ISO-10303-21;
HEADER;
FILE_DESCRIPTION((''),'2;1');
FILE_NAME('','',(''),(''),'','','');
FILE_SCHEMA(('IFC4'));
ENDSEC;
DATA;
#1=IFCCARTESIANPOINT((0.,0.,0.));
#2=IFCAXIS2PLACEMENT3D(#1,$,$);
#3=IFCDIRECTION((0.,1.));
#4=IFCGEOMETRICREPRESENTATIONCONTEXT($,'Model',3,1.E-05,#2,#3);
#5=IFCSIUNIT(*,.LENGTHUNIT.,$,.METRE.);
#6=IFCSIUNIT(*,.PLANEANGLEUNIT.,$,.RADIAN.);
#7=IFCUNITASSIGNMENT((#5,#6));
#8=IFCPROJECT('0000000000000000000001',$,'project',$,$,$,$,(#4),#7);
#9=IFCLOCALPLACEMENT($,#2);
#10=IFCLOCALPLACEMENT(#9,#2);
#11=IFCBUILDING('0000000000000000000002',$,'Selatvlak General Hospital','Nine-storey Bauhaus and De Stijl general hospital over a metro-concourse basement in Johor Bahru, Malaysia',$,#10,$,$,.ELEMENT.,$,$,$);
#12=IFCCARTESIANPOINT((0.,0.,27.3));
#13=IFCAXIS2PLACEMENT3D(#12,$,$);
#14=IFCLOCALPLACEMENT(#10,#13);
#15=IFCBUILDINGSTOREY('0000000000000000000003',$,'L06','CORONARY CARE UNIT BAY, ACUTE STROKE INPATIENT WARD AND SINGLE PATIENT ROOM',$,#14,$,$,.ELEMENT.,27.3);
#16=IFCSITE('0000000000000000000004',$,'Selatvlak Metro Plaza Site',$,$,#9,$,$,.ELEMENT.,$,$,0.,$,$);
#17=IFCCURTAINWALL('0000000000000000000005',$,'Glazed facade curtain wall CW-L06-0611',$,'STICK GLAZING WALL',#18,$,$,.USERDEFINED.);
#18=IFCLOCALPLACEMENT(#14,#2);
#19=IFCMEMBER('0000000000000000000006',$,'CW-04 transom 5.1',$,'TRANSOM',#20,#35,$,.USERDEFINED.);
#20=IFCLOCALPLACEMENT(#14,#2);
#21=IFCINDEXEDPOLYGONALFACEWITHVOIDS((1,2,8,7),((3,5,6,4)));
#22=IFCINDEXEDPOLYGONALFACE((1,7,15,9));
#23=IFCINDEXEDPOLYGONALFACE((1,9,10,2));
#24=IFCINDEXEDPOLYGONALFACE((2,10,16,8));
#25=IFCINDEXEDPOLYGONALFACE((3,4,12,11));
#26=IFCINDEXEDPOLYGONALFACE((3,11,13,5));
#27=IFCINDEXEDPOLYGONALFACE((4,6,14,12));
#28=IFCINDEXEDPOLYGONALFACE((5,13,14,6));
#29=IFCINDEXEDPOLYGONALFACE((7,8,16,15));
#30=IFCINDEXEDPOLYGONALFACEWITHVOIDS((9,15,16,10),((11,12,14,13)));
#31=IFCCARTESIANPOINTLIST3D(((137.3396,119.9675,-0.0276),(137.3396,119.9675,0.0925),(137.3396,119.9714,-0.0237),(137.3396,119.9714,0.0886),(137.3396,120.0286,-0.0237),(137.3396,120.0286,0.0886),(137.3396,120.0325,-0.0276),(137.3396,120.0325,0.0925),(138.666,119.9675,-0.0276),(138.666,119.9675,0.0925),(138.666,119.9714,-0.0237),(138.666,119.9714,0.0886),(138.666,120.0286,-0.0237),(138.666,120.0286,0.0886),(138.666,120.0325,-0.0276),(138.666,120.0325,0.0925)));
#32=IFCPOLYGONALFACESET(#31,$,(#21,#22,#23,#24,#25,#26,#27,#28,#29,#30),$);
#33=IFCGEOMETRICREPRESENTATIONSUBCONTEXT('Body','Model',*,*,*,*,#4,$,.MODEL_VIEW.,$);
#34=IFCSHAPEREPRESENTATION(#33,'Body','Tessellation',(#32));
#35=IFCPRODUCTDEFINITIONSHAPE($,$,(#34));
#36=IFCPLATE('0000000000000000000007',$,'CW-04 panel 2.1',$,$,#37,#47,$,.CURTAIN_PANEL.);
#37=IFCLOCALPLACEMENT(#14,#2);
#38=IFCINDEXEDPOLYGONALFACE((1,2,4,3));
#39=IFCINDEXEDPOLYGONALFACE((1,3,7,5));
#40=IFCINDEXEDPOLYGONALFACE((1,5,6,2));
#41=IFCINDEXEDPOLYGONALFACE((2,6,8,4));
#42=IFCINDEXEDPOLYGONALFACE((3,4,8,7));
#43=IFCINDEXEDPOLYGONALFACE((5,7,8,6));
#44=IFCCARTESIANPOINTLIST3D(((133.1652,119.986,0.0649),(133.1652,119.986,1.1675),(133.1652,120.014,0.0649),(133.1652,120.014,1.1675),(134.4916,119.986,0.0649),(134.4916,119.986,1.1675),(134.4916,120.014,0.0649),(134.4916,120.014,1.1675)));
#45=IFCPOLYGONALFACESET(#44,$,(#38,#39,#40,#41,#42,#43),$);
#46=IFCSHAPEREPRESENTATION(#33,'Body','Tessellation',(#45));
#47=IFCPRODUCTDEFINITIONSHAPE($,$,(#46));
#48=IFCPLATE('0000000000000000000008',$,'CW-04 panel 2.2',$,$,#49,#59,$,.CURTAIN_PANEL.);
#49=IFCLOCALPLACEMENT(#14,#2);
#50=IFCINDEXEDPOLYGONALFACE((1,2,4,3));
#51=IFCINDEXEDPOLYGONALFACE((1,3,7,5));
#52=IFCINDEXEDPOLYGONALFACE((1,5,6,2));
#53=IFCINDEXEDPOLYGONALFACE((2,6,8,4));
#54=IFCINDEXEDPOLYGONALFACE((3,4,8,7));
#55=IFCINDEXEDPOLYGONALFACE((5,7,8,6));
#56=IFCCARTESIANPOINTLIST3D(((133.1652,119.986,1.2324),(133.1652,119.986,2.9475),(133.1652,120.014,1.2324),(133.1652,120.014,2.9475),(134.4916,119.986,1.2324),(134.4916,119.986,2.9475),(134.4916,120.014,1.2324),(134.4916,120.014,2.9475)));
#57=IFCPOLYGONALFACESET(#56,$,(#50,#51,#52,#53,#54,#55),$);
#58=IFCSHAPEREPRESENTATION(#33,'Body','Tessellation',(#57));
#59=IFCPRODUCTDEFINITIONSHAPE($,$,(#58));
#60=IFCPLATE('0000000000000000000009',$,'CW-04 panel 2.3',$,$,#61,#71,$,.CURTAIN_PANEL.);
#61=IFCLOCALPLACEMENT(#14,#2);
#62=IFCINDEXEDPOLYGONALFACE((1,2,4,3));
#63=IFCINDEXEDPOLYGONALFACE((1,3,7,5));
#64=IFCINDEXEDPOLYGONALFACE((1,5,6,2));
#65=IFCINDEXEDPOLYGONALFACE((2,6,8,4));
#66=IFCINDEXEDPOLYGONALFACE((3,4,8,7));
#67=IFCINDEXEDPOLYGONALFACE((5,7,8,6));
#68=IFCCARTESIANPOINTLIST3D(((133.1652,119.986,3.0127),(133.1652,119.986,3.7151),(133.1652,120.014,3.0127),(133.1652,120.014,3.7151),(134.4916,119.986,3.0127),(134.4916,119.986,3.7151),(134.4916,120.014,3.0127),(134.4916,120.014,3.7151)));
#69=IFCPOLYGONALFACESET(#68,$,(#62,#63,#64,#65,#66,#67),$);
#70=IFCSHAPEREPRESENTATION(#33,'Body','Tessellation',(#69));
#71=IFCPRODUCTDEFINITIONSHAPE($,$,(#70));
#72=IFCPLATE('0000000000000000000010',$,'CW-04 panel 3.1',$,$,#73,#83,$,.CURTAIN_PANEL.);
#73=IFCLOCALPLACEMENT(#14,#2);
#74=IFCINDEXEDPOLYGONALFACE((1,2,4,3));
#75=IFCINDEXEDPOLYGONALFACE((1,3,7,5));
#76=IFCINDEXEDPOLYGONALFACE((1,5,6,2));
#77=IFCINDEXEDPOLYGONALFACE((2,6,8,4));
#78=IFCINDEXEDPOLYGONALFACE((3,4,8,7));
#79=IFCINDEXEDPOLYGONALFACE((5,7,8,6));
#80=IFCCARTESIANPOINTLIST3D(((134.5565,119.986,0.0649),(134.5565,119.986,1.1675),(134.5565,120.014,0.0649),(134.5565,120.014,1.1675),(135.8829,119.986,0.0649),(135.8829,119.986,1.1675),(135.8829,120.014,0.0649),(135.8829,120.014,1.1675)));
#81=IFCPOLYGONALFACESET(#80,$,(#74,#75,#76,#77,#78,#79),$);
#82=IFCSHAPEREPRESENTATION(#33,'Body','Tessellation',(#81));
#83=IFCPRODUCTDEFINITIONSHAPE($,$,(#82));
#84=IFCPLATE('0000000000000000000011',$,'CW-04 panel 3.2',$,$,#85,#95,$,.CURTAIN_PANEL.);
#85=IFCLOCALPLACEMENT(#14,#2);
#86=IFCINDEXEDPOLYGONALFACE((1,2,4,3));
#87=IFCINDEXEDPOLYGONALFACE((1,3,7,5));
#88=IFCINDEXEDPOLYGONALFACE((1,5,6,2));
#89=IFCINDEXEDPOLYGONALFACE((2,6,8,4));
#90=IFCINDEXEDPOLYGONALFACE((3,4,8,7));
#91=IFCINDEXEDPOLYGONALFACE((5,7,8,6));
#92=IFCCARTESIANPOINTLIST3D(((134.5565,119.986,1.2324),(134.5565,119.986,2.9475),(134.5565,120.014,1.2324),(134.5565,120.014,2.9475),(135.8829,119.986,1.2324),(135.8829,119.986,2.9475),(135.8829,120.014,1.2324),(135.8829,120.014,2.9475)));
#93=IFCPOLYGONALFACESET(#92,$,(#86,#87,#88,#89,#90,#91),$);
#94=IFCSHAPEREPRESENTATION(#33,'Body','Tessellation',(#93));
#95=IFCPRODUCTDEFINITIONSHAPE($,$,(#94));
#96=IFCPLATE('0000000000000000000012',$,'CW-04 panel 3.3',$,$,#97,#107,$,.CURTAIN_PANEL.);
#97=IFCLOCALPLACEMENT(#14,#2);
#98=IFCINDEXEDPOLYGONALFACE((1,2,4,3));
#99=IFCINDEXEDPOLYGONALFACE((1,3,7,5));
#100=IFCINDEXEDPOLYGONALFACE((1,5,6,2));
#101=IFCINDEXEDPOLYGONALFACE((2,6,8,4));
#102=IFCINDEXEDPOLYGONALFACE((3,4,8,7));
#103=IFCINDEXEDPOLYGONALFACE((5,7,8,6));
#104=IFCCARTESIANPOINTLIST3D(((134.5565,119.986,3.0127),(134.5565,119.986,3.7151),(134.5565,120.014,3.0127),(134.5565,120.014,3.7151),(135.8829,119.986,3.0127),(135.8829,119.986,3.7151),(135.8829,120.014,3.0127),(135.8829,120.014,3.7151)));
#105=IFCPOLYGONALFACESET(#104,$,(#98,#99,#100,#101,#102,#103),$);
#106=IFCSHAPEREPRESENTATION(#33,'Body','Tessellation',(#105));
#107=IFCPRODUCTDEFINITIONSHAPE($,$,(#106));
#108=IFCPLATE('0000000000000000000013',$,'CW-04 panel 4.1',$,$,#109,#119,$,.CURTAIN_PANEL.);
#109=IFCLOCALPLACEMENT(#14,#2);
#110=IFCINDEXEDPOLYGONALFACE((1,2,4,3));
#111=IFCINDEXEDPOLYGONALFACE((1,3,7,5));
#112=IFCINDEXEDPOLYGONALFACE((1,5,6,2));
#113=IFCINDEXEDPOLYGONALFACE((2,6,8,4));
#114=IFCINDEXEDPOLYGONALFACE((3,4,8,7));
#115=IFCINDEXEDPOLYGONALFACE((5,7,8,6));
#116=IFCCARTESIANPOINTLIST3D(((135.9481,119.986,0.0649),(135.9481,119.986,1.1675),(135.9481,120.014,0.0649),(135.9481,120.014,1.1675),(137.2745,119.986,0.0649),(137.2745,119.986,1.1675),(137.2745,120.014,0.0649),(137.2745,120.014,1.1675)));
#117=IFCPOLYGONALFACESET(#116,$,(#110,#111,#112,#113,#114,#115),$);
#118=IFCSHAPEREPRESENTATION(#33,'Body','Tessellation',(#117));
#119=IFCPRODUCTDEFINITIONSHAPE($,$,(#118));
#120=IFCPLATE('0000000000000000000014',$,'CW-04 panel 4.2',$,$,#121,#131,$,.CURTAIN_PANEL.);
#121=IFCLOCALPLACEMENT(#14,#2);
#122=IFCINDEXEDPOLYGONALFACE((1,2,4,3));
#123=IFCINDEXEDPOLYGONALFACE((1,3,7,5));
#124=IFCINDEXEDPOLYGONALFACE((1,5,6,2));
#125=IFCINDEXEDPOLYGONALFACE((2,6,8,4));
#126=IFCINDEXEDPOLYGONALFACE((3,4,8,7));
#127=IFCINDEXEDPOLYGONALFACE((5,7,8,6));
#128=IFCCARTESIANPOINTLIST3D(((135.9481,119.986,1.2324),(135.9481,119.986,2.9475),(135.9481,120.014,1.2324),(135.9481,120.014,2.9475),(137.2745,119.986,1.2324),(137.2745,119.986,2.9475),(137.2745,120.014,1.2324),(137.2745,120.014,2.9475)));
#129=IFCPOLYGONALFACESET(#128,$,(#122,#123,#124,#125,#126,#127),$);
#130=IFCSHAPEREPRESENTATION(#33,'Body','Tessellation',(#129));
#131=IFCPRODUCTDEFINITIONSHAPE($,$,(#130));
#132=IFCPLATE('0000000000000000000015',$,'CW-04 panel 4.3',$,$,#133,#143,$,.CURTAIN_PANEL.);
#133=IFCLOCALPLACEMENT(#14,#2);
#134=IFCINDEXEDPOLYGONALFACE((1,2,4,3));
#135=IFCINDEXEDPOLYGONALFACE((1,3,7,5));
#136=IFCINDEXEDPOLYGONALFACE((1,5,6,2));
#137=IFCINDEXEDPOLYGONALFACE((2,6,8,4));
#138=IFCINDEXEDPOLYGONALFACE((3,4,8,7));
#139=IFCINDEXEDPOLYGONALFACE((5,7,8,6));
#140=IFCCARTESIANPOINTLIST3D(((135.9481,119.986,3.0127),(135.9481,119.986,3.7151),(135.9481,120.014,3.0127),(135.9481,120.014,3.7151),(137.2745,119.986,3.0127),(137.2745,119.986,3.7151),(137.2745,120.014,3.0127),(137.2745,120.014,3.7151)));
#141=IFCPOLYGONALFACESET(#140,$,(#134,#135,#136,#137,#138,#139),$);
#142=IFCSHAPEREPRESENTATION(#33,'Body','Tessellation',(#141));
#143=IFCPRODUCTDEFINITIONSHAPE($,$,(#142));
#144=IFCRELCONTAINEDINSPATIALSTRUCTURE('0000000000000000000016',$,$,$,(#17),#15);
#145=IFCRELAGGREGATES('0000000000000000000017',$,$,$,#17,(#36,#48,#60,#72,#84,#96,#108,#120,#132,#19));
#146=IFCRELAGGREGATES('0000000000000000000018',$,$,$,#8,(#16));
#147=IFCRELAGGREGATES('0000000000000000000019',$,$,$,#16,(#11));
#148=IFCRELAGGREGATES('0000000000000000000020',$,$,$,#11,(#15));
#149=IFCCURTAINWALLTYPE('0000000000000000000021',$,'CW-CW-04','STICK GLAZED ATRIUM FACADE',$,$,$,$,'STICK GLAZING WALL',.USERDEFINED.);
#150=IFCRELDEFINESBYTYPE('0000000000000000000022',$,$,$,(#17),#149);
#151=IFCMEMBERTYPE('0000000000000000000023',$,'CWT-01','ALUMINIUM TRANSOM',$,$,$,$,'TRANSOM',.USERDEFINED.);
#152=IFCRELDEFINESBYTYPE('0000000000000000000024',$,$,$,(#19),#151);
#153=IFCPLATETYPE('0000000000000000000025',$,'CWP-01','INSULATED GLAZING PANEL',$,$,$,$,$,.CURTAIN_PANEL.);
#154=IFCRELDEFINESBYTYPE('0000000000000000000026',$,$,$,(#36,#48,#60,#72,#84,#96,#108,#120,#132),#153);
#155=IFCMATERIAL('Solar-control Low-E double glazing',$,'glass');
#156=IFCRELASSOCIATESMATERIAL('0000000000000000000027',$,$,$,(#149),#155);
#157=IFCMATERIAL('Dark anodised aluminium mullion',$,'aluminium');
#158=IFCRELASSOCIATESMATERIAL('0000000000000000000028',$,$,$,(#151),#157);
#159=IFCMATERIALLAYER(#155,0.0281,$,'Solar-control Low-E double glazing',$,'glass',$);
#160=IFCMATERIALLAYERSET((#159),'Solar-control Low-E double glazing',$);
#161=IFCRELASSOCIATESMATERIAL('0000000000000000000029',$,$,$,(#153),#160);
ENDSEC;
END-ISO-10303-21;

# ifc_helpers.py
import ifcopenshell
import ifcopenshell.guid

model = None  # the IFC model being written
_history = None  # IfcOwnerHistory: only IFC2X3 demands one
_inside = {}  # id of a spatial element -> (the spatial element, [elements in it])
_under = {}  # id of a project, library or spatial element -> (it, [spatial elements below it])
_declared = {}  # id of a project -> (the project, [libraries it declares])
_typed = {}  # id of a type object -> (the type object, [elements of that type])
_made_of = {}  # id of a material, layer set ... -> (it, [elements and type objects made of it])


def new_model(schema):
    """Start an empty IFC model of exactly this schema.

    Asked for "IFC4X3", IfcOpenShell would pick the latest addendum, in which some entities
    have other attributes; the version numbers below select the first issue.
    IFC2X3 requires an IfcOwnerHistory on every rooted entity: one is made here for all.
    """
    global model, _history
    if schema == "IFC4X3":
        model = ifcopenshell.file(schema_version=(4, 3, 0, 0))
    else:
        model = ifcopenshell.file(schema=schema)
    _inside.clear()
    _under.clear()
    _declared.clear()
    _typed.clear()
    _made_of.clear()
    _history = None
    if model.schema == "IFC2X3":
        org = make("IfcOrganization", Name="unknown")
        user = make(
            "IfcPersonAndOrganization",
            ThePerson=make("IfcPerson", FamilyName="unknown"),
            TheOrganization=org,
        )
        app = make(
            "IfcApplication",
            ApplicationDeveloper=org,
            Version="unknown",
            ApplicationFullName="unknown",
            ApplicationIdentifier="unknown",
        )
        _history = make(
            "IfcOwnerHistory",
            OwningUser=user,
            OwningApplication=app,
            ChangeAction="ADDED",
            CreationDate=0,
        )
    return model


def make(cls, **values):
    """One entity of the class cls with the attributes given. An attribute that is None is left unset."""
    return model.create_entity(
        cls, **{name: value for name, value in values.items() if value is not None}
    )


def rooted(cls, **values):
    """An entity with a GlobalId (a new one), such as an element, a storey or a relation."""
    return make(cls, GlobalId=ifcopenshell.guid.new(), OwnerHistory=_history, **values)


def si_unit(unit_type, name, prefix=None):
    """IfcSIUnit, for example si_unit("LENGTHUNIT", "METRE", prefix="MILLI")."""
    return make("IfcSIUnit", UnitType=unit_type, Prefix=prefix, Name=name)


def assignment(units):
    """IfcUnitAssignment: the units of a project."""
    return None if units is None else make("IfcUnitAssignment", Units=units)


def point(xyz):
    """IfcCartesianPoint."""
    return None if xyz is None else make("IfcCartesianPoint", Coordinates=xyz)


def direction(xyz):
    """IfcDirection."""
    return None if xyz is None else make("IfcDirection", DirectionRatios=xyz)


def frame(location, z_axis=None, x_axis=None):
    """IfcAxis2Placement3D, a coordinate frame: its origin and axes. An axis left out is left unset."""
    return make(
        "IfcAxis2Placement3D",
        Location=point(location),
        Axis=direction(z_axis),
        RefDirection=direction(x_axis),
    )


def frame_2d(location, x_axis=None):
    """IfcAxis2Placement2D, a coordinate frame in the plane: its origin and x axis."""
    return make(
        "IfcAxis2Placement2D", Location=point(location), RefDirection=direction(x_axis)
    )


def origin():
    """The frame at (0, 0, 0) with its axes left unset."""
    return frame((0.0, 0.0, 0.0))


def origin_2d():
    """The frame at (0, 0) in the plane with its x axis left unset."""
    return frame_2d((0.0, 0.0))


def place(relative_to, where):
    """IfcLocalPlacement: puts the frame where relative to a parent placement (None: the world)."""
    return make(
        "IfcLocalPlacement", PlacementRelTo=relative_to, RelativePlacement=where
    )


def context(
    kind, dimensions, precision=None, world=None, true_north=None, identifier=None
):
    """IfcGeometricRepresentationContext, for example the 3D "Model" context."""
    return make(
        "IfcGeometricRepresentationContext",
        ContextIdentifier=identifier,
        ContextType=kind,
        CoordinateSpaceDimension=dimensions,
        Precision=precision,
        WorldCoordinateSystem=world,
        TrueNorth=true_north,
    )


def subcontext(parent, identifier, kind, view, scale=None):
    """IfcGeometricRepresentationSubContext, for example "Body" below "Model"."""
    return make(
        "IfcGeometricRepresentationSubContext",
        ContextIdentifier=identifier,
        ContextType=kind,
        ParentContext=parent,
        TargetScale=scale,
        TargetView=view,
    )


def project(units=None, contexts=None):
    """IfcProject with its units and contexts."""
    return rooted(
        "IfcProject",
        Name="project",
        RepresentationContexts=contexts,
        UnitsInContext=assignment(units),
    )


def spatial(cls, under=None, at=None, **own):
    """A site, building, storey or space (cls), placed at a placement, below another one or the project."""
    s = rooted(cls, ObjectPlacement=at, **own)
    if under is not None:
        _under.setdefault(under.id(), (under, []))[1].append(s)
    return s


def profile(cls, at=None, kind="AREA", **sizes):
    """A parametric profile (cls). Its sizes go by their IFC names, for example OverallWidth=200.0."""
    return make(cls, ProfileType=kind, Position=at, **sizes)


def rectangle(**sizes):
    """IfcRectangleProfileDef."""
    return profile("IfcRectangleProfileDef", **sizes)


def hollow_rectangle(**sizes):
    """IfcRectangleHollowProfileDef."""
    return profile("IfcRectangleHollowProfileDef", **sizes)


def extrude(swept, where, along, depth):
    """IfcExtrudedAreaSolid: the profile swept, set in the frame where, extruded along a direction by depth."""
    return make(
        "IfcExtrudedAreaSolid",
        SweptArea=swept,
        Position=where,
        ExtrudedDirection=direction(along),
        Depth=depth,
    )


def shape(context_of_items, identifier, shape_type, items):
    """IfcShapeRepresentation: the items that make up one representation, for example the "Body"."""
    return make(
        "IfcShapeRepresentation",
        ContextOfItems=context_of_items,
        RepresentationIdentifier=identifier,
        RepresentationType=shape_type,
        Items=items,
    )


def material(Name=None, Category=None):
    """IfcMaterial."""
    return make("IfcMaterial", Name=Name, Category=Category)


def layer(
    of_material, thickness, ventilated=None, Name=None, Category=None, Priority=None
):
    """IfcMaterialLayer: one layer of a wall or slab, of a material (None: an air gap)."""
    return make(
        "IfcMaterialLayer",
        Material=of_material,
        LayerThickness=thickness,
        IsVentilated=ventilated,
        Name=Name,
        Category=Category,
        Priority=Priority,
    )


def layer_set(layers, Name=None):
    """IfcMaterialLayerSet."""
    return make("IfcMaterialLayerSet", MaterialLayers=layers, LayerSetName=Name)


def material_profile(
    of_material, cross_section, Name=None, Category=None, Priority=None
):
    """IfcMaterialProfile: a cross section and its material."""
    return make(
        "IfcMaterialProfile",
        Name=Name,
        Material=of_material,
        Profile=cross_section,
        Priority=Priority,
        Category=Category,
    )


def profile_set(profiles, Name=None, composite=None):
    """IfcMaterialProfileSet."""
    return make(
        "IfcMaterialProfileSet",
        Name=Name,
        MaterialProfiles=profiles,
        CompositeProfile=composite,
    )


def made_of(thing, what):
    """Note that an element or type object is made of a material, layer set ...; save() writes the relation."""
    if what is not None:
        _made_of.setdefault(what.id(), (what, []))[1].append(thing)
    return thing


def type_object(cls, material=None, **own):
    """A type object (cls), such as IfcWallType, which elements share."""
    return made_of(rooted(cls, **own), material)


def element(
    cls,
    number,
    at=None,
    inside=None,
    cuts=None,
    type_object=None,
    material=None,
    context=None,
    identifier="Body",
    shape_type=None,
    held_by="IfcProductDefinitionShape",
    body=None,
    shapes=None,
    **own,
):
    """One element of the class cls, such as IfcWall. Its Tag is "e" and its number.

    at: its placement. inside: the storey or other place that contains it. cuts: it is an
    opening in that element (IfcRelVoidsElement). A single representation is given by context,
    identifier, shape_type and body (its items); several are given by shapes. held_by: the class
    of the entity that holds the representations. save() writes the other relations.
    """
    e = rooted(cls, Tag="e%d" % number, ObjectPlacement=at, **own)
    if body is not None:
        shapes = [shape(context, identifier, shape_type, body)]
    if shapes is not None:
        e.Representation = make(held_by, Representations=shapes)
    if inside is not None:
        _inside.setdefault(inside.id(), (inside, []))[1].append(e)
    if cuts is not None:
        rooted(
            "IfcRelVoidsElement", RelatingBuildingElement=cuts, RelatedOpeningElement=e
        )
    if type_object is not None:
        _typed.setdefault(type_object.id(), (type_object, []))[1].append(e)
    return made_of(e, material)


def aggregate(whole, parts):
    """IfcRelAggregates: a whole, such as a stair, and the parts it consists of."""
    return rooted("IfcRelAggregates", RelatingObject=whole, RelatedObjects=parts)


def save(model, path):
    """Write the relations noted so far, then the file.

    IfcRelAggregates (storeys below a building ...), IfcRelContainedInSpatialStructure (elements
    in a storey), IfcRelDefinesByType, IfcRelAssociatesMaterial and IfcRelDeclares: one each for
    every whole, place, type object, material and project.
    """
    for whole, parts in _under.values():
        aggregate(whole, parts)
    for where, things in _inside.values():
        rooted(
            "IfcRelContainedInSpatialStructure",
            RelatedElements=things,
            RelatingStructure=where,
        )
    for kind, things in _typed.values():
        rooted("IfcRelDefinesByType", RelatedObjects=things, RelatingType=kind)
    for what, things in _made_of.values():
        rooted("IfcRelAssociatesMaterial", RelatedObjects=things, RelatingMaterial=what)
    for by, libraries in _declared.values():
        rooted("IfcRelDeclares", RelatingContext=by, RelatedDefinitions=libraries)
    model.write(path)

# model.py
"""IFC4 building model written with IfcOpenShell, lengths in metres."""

from ifc_helpers import new_model, si_unit, direction, frame, origin, origin_2d, place, context, subcontext, project, spatial, rectangle, hollow_rectangle, extrude, material, layer, layer_set, material_profile, profile_set, type_object, element, aggregate, save


model = new_model("IFC4")

# Units and contexts
model_context = context("Model", 3, precision=1e-05, world=origin(), true_north=direction((0.0, 1.0)))
body_context = subcontext(model_context, "Body", "Model", "MODEL_VIEW")
ifc_project = project(units=[si_unit("LENGTHUNIT", "METRE"), si_unit("PLANEANGLEUNIT", "RADIAN")], contexts=[model_context])

# Site, building, storey
site_placement = place(None, origin())
site = spatial("IfcSite", under=ifc_project, at=site_placement, Name="Selatvlak Metro Plaza Site", CompositionType="ELEMENT", RefElevation=0.0)
building_placement = place(site_placement, origin())
building = spatial("IfcBuilding", under=site, at=building_placement, Name="Selatvlak General Hospital", Description="Nine-storey Bauhaus and De Stijl general hospital over a metro-concourse basement in Johor Bahru, Malaysia", CompositionType="ELEMENT")
storey_placement = place(building_placement, frame((0.0, 0.0, 27.3)))
storey = spatial("IfcBuildingStorey", under=building, at=storey_placement, Name="L06", Description="CORONARY CARE UNIT BAY, ACUTE STROKE INPATIENT WARD AND SINGLE PATIENT ROOM", CompositionType="ELEMENT", Elevation=27.3)

# Curtain wall, member, plates
ifc_material_1 = material(Name="Solar-control Low-E double glazing", Category="glass")
curtain_wall_type = type_object("IfcCurtainWallType", Name="CW-CW-04", Description="STICK GLAZED ATRIUM FACADE", ElementType="STICK GLAZING WALL", PredefinedType="USERDEFINED", material=ifc_material_1)
curtain_wall_placement = place(storey_placement, origin())
curtain_wall = element("IfcCurtainWall", 1, at=curtain_wall_placement, inside=storey, type_object=curtain_wall_type, Name="Glazed facade curtain wall CW-L06-0611", ObjectType="STICK GLAZING WALL", PredefinedType="USERDEFINED")
ifc_material_2 = material(Name="Dark anodised aluminium mullion", Category="aluminium")
ifc_material_profile_1 = material_profile(ifc_material_2, hollow_rectangle(XDim=0.0649, YDim=0.1201, WallThickness=0.0039, at=origin_2d()), Name="AL-TRN 65x120x4")
ifc_profile_set_1 = profile_set([ifc_material_profile_1], Name="Dark anodised aluminium mullion")
member_type_1 = type_object("IfcMemberType", Name="CWT-01", Description="ALUMINIUM TRANSOM", ElementType="TRANSOM", PredefinedType="USERDEFINED", material=ifc_profile_set_1)
member_1_placement = place(storey_placement, frame((137.3396, 120.0, 0.0325), z_axis=(1.0, 0.0, 0.0), x_axis=(0.0, 1.0, 0.0)))
member_1 = element("IfcMember", 2, at=member_1_placement, type_object=member_type_1, Name="CW-04 transom 5.1", ObjectType="TRANSOM", PredefinedType="USERDEFINED", context=body_context, shape_type="SweptSolid", body=[
    extrude(hollow_rectangle(XDim=0.0649, YDim=0.1201, WallThickness=0.0039, at=origin_2d()), origin(), (0.0, 0.0, 1.0), 1.3264),
])
ifc_layer = layer(ifc_material_1, 0.0281, Name="Solar-control Low-E double glazing", Category="glass")
ifc_layer_set = layer_set([ifc_layer], Name="Solar-control Low-E double glazing")
plate_type = type_object("IfcPlateType", Name="CWP-01", Description="INSULATED GLAZING PANEL", PredefinedType="CURTAIN_PANEL", material=ifc_layer_set)
plate_1_placement = place(storey_placement, frame((133.8284, 120.0, 0.0649), z_axis=(0.0, 0.0, 1.0), x_axis=(1.0, 0.0, 0.0)))
plate_1 = element("IfcPlate", 3, at=plate_1_placement, type_object=plate_type, Name="CW-04 panel 2.1", PredefinedType="CURTAIN_PANEL", context=body_context, shape_type="SweptSolid", body=[
    extrude(rectangle(XDim=1.3264, YDim=0.0281, at=origin_2d()), origin(), (0.0, 0.0, 1.0), 1.1025),
])
plate_2_placement = place(storey_placement, frame((133.8284, 120.0, 1.2324), z_axis=(0.0, 0.0, 1.0), x_axis=(1.0, 0.0, 0.0)))
plate_2 = element("IfcPlate", 4, at=plate_2_placement, type_object=plate_type, Name="CW-04 panel 2.2", PredefinedType="CURTAIN_PANEL", context=body_context, shape_type="SweptSolid", body=[
    extrude(rectangle(XDim=1.3264, YDim=0.0281, at=origin_2d()), origin(), (0.0, 0.0, 1.0), 1.7151),
])
plate_3_placement = place(storey_placement, frame((133.8284, 120.0, 3.0127), z_axis=(0.0, 0.0, 1.0), x_axis=(1.0, 0.0, 0.0)))
plate_3 = element("IfcPlate", 5, at=plate_3_placement, type_object=plate_type, Name="CW-04 panel 2.3", PredefinedType="CURTAIN_PANEL", context=body_context, shape_type="SweptSolid", body=[
    extrude(rectangle(XDim=1.3264, YDim=0.0281, at=origin_2d()), origin(), (0.0, 0.0, 1.0), 0.7024),
])
plate_4_placement = place(storey_placement, frame((135.2197, 120.0, 0.0649), z_axis=(0.0, 0.0, 1.0), x_axis=(1.0, 0.0, 0.0)))
plate_4 = element("IfcPlate", 6, at=plate_4_placement, type_object=plate_type, Name="CW-04 panel 3.1", PredefinedType="CURTAIN_PANEL", context=body_context, shape_type="SweptSolid", body=[
    extrude(rectangle(XDim=1.3264, YDim=0.0281, at=origin_2d()), origin(), (0.0, 0.0, 1.0), 1.1025),
])
plate_5_placement = place(storey_placement, frame((135.2197, 120.0, 1.2324), z_axis=(0.0, 0.0, 1.0), x_axis=(1.0, 0.0, 0.0)))
plate_5 = element("IfcPlate", 7, at=plate_5_placement, type_object=plate_type, Name="CW-04 panel 3.2", PredefinedType="CURTAIN_PANEL", context=body_context, shape_type="SweptSolid", body=[
    extrude(rectangle(XDim=1.3264, YDim=0.0281, at=origin_2d()), origin(), (0.0, 0.0, 1.0), 1.7151),
])
plate_6_placement = place(storey_placement, frame((135.2197, 120.0, 3.0127), z_axis=(0.0, 0.0, 1.0), x_axis=(1.0, 0.0, 0.0)))
plate_6 = element("IfcPlate", 8, at=plate_6_placement, type_object=plate_type, Name="CW-04 panel 3.3", PredefinedType="CURTAIN_PANEL", context=body_context, shape_type="SweptSolid", body=[
    extrude(rectangle(XDim=1.3264, YDim=0.0281, at=origin_2d()), origin(), (0.0, 0.0, 1.0), 0.7024),
])
plate_7_placement = place(storey_placement, frame((136.6113, 120.0, 0.0649), z_axis=(0.0, 0.0, 1.0), x_axis=(1.0, 0.0, 0.0)))
plate_7 = element("IfcPlate", 9, at=plate_7_placement, type_object=plate_type, Name="CW-04 panel 4.1", PredefinedType="CURTAIN_PANEL", context=body_context, shape_type="SweptSolid", body=[
    extrude(rectangle(XDim=1.3264, YDim=0.0281, at=origin_2d()), origin(), (0.0, 0.0, 1.0), 1.1025),
])
plate_8_placement = place(storey_placement, frame((136.6113, 120.0, 1.2324), z_axis=(0.0, 0.0, 1.0), x_axis=(1.0, 0.0, 0.0)))
plate_8 = element("IfcPlate", 10, at=plate_8_placement, type_object=plate_type, Name="CW-04 panel 4.2", PredefinedType="CURTAIN_PANEL", context=body_context, shape_type="SweptSolid", body=[
    extrude(rectangle(XDim=1.3264, YDim=0.0281, at=origin_2d()), origin(), (0.0, 0.0, 1.0), 1.7151),
])
plate_9_placement = place(storey_placement, frame((136.6113, 120.0, 3.0127), z_axis=(0.0, 0.0, 1.0), x_axis=(1.0, 0.0, 0.0)))
plate_9 = element("IfcPlate", 11, at=plate_9_placement, type_object=plate_type, Name="CW-04 panel 4.3", PredefinedType="CURTAIN_PANEL", context=body_context, shape_type="SweptSolid", body=[
    extrude(rectangle(XDim=1.3264, YDim=0.0281, at=origin_2d()), origin(), (0.0, 0.0, 1.0), 0.7024),
])
aggregate(curtain_wall, [plate_1, plate_2, plate_3, plate_4, plate_5, plate_6, plate_7, plate_8, plate_9, member_1])

save(model, "model.ifc")
